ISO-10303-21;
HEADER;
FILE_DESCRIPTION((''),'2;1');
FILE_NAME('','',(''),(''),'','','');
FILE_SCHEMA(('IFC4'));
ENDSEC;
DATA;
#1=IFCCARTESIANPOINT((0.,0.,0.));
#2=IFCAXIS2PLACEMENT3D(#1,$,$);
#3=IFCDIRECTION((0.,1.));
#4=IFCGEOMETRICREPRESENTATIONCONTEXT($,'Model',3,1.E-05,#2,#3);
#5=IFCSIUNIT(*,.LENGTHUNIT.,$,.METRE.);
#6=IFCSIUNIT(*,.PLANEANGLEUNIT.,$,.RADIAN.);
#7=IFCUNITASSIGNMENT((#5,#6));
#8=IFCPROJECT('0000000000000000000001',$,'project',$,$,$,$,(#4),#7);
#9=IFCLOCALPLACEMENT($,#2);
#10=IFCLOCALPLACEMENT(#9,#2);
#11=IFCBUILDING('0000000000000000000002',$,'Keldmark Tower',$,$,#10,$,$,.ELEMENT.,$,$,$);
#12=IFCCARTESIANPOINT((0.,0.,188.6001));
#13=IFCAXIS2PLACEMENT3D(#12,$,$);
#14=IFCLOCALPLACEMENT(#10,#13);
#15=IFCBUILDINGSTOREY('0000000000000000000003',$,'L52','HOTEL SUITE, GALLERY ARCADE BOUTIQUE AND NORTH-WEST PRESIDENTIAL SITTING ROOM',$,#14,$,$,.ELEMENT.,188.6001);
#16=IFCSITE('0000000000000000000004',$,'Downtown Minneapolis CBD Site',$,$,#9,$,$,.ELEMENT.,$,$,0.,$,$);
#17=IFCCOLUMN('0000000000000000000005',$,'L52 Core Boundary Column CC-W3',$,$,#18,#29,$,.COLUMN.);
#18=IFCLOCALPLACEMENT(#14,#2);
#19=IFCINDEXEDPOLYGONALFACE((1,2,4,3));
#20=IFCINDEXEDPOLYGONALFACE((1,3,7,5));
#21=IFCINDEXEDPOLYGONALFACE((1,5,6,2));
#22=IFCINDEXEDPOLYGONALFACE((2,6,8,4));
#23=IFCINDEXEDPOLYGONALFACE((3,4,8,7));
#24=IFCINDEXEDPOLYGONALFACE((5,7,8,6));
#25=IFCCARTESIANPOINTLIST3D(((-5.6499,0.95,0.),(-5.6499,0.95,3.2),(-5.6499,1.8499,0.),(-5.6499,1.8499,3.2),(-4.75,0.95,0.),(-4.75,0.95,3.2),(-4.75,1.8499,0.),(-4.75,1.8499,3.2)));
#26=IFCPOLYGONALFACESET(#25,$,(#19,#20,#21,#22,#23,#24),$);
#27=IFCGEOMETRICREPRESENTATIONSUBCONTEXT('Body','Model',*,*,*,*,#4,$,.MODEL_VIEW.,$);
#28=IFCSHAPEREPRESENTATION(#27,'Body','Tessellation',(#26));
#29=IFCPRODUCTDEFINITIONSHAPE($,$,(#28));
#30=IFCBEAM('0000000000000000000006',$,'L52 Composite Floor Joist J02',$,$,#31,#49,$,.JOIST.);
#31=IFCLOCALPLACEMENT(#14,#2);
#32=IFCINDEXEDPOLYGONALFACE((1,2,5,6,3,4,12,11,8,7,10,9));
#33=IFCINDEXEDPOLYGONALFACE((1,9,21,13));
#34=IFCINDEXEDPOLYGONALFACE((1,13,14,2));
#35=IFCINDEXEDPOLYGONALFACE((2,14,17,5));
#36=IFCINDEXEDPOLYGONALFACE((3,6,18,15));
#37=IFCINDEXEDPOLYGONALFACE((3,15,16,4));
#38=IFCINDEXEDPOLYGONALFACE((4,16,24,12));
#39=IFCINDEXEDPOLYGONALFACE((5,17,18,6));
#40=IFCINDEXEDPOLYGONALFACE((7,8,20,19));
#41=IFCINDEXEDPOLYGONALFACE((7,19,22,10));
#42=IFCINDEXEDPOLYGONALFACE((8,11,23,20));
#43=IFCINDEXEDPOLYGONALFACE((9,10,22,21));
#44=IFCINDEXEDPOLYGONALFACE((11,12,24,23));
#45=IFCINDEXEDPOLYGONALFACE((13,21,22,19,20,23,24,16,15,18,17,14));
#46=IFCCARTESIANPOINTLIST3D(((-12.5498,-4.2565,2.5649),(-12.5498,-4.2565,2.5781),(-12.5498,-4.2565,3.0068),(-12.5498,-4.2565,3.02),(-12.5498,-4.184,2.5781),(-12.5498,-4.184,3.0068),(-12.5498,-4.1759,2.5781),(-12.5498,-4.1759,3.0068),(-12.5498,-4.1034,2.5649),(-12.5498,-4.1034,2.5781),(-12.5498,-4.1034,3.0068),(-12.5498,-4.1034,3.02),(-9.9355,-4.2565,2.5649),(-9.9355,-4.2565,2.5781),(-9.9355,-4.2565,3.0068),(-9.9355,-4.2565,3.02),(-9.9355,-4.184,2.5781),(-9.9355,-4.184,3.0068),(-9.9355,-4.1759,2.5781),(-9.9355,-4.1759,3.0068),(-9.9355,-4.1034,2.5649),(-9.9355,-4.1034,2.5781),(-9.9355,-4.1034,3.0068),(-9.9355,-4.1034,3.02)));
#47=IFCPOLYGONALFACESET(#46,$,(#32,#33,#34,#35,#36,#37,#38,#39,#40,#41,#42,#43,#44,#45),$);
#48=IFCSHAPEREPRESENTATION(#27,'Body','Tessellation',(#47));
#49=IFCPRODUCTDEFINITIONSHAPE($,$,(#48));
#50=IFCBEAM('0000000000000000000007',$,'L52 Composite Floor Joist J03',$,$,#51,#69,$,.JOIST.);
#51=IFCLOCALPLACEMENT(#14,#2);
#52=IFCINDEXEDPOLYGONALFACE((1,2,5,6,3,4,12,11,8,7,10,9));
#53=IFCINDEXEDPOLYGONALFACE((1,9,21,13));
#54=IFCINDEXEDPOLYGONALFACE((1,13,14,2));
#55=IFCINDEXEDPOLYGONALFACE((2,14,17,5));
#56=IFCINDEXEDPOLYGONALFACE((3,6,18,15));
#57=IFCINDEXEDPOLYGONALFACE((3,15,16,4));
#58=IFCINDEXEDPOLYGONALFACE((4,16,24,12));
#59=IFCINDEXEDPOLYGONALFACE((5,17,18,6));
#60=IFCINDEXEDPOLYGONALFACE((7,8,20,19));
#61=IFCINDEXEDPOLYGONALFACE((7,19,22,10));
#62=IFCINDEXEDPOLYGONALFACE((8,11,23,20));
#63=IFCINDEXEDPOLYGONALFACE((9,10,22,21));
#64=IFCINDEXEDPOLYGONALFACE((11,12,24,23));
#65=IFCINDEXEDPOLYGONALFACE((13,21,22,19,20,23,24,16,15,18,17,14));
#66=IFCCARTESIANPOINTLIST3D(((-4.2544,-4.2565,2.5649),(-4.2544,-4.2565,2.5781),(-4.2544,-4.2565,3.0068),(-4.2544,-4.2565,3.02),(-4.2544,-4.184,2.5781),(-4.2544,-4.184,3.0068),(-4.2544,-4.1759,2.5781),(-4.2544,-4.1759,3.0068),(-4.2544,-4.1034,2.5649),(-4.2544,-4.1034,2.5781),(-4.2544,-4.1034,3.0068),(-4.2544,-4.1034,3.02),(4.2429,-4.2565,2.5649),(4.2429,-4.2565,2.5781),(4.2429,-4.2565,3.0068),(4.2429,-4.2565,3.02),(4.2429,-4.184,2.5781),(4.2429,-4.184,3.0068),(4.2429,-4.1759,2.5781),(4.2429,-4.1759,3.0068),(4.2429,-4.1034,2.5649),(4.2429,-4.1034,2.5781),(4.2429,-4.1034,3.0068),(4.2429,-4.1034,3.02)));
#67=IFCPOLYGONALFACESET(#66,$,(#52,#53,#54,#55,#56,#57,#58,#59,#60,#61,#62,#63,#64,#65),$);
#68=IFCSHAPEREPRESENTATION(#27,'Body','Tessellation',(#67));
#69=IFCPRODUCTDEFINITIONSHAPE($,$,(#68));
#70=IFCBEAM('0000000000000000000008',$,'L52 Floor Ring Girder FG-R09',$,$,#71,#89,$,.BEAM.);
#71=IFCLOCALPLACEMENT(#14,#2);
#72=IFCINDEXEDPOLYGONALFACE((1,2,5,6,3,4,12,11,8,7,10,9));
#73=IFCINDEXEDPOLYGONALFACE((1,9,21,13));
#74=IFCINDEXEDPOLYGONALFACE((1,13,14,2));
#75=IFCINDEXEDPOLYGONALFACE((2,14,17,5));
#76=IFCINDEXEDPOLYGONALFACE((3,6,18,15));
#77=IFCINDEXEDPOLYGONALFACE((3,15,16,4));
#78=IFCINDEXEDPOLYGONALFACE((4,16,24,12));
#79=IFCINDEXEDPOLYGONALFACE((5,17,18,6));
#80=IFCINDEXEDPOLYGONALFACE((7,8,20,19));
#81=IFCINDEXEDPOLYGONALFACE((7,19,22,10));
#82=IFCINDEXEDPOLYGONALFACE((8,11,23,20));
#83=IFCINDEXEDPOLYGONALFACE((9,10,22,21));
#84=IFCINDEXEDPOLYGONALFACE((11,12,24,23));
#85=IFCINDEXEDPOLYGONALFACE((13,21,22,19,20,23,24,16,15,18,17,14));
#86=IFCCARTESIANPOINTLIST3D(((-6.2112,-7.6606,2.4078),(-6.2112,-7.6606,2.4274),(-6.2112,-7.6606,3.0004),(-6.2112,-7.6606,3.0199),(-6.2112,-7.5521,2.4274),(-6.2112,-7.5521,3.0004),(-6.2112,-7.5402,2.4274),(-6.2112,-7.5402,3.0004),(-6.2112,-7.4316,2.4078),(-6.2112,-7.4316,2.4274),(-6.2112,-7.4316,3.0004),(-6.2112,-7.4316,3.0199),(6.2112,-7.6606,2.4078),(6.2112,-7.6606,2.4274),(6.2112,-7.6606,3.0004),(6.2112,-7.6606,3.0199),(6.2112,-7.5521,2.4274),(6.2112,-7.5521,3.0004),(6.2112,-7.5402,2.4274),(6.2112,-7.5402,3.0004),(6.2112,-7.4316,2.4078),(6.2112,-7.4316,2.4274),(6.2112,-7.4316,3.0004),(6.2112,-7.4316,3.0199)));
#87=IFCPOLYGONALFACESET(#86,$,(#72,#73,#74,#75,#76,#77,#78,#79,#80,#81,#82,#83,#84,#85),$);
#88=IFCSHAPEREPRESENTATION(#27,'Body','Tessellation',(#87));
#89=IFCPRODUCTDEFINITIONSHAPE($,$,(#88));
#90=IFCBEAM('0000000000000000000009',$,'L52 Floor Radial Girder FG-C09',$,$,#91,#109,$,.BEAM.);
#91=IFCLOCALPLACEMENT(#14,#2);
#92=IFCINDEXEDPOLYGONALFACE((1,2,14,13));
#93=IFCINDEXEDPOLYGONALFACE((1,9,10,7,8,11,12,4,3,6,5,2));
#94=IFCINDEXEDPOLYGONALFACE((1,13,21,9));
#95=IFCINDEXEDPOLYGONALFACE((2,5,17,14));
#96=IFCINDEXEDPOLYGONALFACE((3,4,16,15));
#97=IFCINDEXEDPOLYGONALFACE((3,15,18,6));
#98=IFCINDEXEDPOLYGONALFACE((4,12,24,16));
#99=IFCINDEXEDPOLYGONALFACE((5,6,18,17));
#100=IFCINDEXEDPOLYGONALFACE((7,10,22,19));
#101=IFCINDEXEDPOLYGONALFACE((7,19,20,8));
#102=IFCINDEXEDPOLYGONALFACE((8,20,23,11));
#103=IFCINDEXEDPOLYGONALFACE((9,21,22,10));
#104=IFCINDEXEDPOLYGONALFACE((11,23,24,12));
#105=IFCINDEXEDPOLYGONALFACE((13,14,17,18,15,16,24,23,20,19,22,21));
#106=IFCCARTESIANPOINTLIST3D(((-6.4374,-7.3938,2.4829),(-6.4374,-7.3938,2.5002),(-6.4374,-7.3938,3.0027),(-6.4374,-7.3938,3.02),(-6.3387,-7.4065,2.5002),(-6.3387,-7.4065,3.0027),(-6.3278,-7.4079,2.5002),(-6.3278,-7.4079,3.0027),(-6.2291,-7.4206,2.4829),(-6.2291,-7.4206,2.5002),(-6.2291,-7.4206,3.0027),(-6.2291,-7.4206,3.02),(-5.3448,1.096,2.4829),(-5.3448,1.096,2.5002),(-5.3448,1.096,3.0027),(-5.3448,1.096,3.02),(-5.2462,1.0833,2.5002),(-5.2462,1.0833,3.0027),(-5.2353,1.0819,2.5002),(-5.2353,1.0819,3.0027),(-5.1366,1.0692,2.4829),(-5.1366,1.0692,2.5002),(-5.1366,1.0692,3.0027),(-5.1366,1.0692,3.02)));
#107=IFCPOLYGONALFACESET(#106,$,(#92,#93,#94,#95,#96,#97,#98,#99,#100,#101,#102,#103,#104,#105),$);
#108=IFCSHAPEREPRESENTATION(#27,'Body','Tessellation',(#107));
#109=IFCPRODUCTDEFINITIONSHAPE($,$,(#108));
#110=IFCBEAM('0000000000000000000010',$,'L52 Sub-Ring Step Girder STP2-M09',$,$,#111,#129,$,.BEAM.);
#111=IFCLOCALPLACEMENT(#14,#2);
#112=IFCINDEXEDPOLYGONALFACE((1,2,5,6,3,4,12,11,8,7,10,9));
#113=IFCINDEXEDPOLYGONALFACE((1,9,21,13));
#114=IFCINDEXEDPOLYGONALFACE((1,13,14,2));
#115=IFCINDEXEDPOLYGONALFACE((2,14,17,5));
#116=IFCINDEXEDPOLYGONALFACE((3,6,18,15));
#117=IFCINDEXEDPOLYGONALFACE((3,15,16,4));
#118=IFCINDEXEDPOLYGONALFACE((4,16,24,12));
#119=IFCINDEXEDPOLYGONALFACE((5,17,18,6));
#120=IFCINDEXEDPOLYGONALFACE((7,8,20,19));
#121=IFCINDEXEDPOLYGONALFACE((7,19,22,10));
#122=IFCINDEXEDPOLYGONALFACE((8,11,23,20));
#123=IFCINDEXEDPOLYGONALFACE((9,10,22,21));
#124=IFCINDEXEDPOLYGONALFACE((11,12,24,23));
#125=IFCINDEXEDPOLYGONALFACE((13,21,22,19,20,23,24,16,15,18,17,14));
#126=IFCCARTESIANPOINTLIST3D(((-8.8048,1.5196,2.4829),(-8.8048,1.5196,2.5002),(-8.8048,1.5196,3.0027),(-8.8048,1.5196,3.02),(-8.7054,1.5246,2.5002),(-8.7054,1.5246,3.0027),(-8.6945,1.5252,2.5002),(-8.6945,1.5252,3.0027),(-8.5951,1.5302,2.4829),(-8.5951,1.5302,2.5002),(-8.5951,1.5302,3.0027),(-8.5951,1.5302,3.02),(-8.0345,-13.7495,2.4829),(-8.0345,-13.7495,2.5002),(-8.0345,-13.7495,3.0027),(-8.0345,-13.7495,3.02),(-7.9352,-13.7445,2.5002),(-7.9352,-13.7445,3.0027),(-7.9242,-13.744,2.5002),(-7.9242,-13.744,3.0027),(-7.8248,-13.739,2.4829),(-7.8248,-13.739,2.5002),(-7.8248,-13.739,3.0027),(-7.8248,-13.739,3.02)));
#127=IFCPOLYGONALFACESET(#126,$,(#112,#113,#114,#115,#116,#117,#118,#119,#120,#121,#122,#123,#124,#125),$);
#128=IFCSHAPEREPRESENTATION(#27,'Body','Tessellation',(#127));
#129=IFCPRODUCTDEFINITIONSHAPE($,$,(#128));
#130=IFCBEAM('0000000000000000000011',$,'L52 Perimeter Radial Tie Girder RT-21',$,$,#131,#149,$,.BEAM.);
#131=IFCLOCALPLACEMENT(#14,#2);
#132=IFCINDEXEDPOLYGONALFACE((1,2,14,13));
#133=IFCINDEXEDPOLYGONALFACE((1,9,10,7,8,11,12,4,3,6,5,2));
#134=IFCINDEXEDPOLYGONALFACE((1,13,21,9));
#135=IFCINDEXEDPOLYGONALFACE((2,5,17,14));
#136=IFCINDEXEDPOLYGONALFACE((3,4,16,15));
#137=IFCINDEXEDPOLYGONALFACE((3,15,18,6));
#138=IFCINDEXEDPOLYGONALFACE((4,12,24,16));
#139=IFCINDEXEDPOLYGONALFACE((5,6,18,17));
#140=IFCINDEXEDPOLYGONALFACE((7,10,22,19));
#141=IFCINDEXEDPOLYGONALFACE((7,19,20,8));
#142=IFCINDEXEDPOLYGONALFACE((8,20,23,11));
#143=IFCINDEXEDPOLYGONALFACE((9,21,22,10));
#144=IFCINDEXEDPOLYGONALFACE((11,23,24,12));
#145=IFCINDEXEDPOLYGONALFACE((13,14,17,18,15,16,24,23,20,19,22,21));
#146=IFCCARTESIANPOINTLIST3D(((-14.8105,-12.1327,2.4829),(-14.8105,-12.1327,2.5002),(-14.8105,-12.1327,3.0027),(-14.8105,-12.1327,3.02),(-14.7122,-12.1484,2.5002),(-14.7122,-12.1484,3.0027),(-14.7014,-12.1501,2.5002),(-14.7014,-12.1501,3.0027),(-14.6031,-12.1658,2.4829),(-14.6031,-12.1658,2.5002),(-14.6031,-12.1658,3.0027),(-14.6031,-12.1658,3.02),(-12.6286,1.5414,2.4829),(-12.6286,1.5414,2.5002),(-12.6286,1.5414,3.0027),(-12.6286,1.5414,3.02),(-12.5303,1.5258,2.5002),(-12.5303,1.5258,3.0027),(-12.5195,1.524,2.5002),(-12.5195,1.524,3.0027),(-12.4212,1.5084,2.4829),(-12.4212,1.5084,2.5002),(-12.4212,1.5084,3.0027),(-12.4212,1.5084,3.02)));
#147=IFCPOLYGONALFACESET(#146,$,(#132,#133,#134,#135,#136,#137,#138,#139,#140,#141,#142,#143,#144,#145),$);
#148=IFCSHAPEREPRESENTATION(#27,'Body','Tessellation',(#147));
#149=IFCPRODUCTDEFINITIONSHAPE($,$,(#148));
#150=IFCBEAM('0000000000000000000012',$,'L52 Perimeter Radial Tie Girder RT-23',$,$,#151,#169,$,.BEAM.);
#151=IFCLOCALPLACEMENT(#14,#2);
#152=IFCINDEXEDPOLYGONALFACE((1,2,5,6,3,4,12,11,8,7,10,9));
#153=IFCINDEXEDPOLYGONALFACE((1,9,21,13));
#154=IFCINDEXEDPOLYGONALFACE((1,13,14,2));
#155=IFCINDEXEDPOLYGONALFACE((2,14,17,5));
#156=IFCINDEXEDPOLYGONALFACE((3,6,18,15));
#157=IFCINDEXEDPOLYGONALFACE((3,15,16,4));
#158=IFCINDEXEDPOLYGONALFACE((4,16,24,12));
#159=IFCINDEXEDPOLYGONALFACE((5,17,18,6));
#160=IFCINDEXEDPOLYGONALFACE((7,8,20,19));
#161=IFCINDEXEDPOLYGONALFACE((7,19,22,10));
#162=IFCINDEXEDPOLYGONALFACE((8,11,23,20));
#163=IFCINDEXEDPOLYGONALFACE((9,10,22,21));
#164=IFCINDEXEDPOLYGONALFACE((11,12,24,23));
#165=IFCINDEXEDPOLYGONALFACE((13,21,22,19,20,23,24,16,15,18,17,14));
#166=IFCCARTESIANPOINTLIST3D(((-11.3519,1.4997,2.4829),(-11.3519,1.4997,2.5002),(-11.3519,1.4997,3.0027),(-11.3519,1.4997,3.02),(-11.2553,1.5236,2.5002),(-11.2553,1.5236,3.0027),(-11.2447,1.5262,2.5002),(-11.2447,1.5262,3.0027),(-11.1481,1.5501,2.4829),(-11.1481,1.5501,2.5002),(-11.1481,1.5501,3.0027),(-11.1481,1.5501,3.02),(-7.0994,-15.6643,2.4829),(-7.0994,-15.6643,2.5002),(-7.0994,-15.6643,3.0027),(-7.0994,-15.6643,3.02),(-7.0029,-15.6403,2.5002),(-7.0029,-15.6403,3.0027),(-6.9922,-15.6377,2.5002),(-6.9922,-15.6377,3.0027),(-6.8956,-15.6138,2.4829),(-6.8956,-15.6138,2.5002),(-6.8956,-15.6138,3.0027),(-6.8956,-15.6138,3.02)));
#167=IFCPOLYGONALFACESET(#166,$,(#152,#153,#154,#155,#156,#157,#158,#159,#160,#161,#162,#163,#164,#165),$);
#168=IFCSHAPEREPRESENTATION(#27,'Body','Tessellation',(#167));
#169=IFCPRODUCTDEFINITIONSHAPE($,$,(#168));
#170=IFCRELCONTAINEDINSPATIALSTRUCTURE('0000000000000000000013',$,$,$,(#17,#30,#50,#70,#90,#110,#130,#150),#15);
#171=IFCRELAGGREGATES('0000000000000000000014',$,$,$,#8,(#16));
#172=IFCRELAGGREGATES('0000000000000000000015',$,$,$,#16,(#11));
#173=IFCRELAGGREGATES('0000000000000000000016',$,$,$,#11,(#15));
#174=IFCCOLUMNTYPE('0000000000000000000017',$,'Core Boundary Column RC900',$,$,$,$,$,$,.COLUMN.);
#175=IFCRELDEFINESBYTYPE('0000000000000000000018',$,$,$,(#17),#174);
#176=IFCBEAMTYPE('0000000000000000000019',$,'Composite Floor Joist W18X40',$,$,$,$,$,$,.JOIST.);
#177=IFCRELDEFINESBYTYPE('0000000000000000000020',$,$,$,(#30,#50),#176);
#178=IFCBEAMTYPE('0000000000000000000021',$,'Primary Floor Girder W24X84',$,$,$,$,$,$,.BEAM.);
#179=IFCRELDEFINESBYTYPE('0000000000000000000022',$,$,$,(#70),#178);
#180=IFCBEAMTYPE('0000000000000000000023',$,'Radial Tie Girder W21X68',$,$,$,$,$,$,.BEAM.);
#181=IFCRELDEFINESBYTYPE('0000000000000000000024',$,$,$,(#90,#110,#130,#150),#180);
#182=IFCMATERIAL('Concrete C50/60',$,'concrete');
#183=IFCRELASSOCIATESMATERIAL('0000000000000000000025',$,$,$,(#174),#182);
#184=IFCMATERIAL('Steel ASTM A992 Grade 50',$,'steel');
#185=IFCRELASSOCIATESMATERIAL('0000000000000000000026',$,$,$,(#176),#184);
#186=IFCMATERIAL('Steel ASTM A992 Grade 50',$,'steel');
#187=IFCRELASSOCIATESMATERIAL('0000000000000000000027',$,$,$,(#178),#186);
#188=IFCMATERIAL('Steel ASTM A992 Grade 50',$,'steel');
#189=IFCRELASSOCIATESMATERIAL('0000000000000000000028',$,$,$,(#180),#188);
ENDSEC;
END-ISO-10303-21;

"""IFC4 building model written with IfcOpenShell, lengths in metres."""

from ifc_helpers import new_model, si_unit, direction, frame, origin, origin_2d, place, context, subcontext, project, spatial, rectangle, i_section, extrude, material, material_profile, profile_set, type_object, element, save


model = new_model("IFC4")

# Units and contexts
model_context = context("Model", 3, precision=1e-05, world=origin(), true_north=direction((0.0, 1.0)))
body_context = subcontext(model_context, "Body", "Model", "MODEL_VIEW")
ifc_project = project(units=[si_unit("LENGTHUNIT", "METRE"), si_unit("PLANEANGLEUNIT", "RADIAN")], contexts=[model_context])

# Site, building, storey
site_placement = place(None, origin())
site = spatial("IfcSite", under=ifc_project, at=site_placement, Name="Downtown Minneapolis CBD Site", CompositionType="ELEMENT", RefElevation=0.0)
building_placement = place(site_placement, origin())
building = spatial("IfcBuilding", under=site, at=building_placement, Name="Keldmark Tower", CompositionType="ELEMENT")
storey_placement = place(building_placement, frame((0.0, 0.0, 188.6001)))
storey = spatial("IfcBuildingStorey", under=building, at=storey_placement, Name="L52", Description="HOTEL SUITE, GALLERY ARCADE BOUTIQUE AND NORTH-WEST PRESIDENTIAL SITTING ROOM", CompositionType="ELEMENT", Elevation=188.6001)

# Column
ifc_material_1 = material(Name="Concrete C50/60", Category="concrete")
ifc_material_profile_1 = material_profile(ifc_material_1, rectangle(XDim=0.8999, YDim=0.8999, at=origin_2d()), Name="RC900X900")
ifc_profile_set_1 = profile_set([ifc_material_profile_1], Name="Concrete C50/60")
column_type = type_object("IfcColumnType", Name="Core Boundary Column RC900", PredefinedType="COLUMN", material=ifc_profile_set_1)
column_placement = place(storey_placement, frame((-5.2, 1.3999, 0.0), z_axis=(0.0, 0.0, 1.0), x_axis=(1.0, 0.0, 0.0)))
element("IfcColumn", 1, at=column_placement, inside=storey, type_object=column_type, Name="L52 Core Boundary Column CC-W3", PredefinedType="COLUMN", context=body_context, shape_type="SweptSolid", body=[
    extrude(rectangle(XDim=0.8999, YDim=0.8999, at=origin_2d()), origin(), (0.0, 0.0, 1.0), 3.2),
])

# Beams
ifc_material_2 = material(Name="Steel ASTM A992 Grade 50", Category="steel")
ifc_material_profile_2 = material_profile(ifc_material_2, i_section(OverallWidth=0.1531, OverallDepth=0.4551, WebThickness=0.0081, FlangeThickness=0.0132, at=origin_2d()), Name="W18X40")
ifc_profile_set_2 = profile_set([ifc_material_profile_2], Name="Steel ASTM A992 Grade 50")
beam_type_1 = type_object("IfcBeamType", Name="Composite Floor Joist W18X40", PredefinedType="JOIST", material=ifc_profile_set_2)
beam_1_placement = place(storey_placement, frame((-12.5498, -4.1799, 2.7925), z_axis=(1.0, 0.0, 0.0), x_axis=(0.0, 1.0, 0.0)))
element("IfcBeam", 2, at=beam_1_placement, inside=storey, type_object=beam_type_1, Name="L52 Composite Floor Joist J02", PredefinedType="JOIST", context=body_context, shape_type="SweptSolid", body=[
    extrude(i_section(OverallWidth=0.1531, OverallDepth=0.4551, WebThickness=0.0081, FlangeThickness=0.0132, at=origin_2d()), origin(), (0.0, 0.0, 1.0), 2.6143),
])
beam_2_placement = place(storey_placement, frame((-4.2544, -4.1799, 2.7925), z_axis=(1.0, 0.0, 0.0), x_axis=(0.0, 1.0, 0.0)))
element("IfcBeam", 3, at=beam_2_placement, inside=storey, type_object=beam_type_1, Name="L52 Composite Floor Joist J03", PredefinedType="JOIST", context=body_context, shape_type="SweptSolid", body=[
    extrude(i_section(OverallWidth=0.1531, OverallDepth=0.4551, WebThickness=0.0081, FlangeThickness=0.0132, at=origin_2d()), origin(), (0.0, 0.0, 1.0), 8.4973),
])
ifc_material_3 = material(Name="Steel ASTM A992 Grade 50", Category="steel")
ifc_material_profile_3 = material_profile(ifc_material_3, i_section(OverallWidth=0.229, OverallDepth=0.6121, WebThickness=0.012, FlangeThickness=0.0195, at=origin_2d()), Name="W24X84")
ifc_profile_set_3 = profile_set([ifc_material_profile_3], Name="Steel ASTM A992 Grade 50")
beam_type_2 = type_object("IfcBeamType", Name="Primary Floor Girder W24X84", PredefinedType="BEAM", material=ifc_profile_set_3)
beam_3_placement = place(storey_placement, frame((-6.2112, -7.5461, 2.7139), z_axis=(1.0, 0.0, 0.0), x_axis=(0.0, 1.0, 0.0)))
element("IfcBeam", 4, at=beam_3_placement, inside=storey, type_object=beam_type_2, Name="L52 Floor Ring Girder FG-R09", PredefinedType="BEAM", context=body_context, shape_type="SweptSolid", body=[
    extrude(i_section(OverallWidth=0.229, OverallDepth=0.6121, WebThickness=0.012, FlangeThickness=0.0195, at=origin_2d()), origin(), (0.0, 0.0, 1.0), 12.4224),
])
ifc_material_4 = material(Name="Steel ASTM A992 Grade 50", Category="steel")
ifc_material_profile_4 = material_profile(ifc_material_4, i_section(OverallWidth=0.21, OverallDepth=0.5371, WebThickness=0.011, FlangeThickness=0.0173, at=origin_2d()), Name="W21X68")
ifc_profile_set_4 = profile_set([ifc_material_profile_4], Name="Steel ASTM A992 Grade 50")
beam_type_3 = type_object("IfcBeamType", Name="Radial Tie Girder W21X68", PredefinedType="BEAM", material=ifc_profile_set_4)
beam_4_placement = place(storey_placement, frame((-6.3333, -7.4072, 2.7515), z_axis=(0.127636, 0.991821, 0.0), x_axis=(-0.991821, 0.127636, 0.0)))
element("IfcBeam", 5, at=beam_4_placement, inside=storey, type_object=beam_type_3, Name="L52 Floor Radial Girder FG-C09", PredefinedType="BEAM", context=body_context, shape_type="SweptSolid", body=[
    extrude(i_section(OverallWidth=0.21, OverallDepth=0.5371, WebThickness=0.011, FlangeThickness=0.0173, at=origin_2d()), origin(), (0.0, 0.0, 1.0), 8.5598),
])
beam_5_placement = place(storey_placement, frame((-8.7, 1.5249, 2.7515), z_axis=(0.050382, -0.99873, 0.0), x_axis=(0.99873, 0.050382, 0.0)))
element("IfcBeam", 6, at=beam_5_placement, inside=storey, type_object=beam_type_3, Name="L52 Sub-Ring Step Girder STP2-M09", PredefinedType="BEAM", context=body_context, shape_type="SweptSolid", body=[
    extrude(i_section(OverallWidth=0.21, OverallDepth=0.5371, WebThickness=0.011, FlangeThickness=0.0173, at=origin_2d()), origin(), (0.0, 0.0, 1.0), 15.2886),
])
beam_6_placement = place(storey_placement, frame((-12.5249, 1.5249, 2.7515), z_axis=(-0.15757, -0.987508, 0.0), x_axis=(0.987508, -0.15757, 0.0)))
element("IfcBeam", 7, at=beam_6_placement, inside=storey, type_object=beam_type_3, Name="L52 Perimeter Radial Tie Girder RT-21", PredefinedType="BEAM", context=body_context, shape_type="SweptSolid", body=[
    extrude(i_section(OverallWidth=0.21, OverallDepth=0.5371, WebThickness=0.011, FlangeThickness=0.0173, at=origin_2d()), origin(), (0.0, 0.0, 1.0), 13.8472),
])
beam_7_placement = place(storey_placement, frame((-11.25, 1.5249, 2.7515), z_axis=(0.240485, -0.970653, 0.0), x_axis=(0.970653, 0.240485, 0.0)))
element("IfcBeam", 8, at=beam_7_placement, inside=storey, type_object=beam_type_3, Name="L52 Perimeter Radial Tie Girder RT-23", PredefinedType="BEAM", context=body_context, shape_type="SweptSolid", body=[
    extrude(i_section(OverallWidth=0.21, OverallDepth=0.5371, WebThickness=0.011, FlangeThickness=0.0173, at=origin_2d()), origin(), (0.0, 0.0, 1.0), 17.6829),
])

save(model, "model.ifc")
